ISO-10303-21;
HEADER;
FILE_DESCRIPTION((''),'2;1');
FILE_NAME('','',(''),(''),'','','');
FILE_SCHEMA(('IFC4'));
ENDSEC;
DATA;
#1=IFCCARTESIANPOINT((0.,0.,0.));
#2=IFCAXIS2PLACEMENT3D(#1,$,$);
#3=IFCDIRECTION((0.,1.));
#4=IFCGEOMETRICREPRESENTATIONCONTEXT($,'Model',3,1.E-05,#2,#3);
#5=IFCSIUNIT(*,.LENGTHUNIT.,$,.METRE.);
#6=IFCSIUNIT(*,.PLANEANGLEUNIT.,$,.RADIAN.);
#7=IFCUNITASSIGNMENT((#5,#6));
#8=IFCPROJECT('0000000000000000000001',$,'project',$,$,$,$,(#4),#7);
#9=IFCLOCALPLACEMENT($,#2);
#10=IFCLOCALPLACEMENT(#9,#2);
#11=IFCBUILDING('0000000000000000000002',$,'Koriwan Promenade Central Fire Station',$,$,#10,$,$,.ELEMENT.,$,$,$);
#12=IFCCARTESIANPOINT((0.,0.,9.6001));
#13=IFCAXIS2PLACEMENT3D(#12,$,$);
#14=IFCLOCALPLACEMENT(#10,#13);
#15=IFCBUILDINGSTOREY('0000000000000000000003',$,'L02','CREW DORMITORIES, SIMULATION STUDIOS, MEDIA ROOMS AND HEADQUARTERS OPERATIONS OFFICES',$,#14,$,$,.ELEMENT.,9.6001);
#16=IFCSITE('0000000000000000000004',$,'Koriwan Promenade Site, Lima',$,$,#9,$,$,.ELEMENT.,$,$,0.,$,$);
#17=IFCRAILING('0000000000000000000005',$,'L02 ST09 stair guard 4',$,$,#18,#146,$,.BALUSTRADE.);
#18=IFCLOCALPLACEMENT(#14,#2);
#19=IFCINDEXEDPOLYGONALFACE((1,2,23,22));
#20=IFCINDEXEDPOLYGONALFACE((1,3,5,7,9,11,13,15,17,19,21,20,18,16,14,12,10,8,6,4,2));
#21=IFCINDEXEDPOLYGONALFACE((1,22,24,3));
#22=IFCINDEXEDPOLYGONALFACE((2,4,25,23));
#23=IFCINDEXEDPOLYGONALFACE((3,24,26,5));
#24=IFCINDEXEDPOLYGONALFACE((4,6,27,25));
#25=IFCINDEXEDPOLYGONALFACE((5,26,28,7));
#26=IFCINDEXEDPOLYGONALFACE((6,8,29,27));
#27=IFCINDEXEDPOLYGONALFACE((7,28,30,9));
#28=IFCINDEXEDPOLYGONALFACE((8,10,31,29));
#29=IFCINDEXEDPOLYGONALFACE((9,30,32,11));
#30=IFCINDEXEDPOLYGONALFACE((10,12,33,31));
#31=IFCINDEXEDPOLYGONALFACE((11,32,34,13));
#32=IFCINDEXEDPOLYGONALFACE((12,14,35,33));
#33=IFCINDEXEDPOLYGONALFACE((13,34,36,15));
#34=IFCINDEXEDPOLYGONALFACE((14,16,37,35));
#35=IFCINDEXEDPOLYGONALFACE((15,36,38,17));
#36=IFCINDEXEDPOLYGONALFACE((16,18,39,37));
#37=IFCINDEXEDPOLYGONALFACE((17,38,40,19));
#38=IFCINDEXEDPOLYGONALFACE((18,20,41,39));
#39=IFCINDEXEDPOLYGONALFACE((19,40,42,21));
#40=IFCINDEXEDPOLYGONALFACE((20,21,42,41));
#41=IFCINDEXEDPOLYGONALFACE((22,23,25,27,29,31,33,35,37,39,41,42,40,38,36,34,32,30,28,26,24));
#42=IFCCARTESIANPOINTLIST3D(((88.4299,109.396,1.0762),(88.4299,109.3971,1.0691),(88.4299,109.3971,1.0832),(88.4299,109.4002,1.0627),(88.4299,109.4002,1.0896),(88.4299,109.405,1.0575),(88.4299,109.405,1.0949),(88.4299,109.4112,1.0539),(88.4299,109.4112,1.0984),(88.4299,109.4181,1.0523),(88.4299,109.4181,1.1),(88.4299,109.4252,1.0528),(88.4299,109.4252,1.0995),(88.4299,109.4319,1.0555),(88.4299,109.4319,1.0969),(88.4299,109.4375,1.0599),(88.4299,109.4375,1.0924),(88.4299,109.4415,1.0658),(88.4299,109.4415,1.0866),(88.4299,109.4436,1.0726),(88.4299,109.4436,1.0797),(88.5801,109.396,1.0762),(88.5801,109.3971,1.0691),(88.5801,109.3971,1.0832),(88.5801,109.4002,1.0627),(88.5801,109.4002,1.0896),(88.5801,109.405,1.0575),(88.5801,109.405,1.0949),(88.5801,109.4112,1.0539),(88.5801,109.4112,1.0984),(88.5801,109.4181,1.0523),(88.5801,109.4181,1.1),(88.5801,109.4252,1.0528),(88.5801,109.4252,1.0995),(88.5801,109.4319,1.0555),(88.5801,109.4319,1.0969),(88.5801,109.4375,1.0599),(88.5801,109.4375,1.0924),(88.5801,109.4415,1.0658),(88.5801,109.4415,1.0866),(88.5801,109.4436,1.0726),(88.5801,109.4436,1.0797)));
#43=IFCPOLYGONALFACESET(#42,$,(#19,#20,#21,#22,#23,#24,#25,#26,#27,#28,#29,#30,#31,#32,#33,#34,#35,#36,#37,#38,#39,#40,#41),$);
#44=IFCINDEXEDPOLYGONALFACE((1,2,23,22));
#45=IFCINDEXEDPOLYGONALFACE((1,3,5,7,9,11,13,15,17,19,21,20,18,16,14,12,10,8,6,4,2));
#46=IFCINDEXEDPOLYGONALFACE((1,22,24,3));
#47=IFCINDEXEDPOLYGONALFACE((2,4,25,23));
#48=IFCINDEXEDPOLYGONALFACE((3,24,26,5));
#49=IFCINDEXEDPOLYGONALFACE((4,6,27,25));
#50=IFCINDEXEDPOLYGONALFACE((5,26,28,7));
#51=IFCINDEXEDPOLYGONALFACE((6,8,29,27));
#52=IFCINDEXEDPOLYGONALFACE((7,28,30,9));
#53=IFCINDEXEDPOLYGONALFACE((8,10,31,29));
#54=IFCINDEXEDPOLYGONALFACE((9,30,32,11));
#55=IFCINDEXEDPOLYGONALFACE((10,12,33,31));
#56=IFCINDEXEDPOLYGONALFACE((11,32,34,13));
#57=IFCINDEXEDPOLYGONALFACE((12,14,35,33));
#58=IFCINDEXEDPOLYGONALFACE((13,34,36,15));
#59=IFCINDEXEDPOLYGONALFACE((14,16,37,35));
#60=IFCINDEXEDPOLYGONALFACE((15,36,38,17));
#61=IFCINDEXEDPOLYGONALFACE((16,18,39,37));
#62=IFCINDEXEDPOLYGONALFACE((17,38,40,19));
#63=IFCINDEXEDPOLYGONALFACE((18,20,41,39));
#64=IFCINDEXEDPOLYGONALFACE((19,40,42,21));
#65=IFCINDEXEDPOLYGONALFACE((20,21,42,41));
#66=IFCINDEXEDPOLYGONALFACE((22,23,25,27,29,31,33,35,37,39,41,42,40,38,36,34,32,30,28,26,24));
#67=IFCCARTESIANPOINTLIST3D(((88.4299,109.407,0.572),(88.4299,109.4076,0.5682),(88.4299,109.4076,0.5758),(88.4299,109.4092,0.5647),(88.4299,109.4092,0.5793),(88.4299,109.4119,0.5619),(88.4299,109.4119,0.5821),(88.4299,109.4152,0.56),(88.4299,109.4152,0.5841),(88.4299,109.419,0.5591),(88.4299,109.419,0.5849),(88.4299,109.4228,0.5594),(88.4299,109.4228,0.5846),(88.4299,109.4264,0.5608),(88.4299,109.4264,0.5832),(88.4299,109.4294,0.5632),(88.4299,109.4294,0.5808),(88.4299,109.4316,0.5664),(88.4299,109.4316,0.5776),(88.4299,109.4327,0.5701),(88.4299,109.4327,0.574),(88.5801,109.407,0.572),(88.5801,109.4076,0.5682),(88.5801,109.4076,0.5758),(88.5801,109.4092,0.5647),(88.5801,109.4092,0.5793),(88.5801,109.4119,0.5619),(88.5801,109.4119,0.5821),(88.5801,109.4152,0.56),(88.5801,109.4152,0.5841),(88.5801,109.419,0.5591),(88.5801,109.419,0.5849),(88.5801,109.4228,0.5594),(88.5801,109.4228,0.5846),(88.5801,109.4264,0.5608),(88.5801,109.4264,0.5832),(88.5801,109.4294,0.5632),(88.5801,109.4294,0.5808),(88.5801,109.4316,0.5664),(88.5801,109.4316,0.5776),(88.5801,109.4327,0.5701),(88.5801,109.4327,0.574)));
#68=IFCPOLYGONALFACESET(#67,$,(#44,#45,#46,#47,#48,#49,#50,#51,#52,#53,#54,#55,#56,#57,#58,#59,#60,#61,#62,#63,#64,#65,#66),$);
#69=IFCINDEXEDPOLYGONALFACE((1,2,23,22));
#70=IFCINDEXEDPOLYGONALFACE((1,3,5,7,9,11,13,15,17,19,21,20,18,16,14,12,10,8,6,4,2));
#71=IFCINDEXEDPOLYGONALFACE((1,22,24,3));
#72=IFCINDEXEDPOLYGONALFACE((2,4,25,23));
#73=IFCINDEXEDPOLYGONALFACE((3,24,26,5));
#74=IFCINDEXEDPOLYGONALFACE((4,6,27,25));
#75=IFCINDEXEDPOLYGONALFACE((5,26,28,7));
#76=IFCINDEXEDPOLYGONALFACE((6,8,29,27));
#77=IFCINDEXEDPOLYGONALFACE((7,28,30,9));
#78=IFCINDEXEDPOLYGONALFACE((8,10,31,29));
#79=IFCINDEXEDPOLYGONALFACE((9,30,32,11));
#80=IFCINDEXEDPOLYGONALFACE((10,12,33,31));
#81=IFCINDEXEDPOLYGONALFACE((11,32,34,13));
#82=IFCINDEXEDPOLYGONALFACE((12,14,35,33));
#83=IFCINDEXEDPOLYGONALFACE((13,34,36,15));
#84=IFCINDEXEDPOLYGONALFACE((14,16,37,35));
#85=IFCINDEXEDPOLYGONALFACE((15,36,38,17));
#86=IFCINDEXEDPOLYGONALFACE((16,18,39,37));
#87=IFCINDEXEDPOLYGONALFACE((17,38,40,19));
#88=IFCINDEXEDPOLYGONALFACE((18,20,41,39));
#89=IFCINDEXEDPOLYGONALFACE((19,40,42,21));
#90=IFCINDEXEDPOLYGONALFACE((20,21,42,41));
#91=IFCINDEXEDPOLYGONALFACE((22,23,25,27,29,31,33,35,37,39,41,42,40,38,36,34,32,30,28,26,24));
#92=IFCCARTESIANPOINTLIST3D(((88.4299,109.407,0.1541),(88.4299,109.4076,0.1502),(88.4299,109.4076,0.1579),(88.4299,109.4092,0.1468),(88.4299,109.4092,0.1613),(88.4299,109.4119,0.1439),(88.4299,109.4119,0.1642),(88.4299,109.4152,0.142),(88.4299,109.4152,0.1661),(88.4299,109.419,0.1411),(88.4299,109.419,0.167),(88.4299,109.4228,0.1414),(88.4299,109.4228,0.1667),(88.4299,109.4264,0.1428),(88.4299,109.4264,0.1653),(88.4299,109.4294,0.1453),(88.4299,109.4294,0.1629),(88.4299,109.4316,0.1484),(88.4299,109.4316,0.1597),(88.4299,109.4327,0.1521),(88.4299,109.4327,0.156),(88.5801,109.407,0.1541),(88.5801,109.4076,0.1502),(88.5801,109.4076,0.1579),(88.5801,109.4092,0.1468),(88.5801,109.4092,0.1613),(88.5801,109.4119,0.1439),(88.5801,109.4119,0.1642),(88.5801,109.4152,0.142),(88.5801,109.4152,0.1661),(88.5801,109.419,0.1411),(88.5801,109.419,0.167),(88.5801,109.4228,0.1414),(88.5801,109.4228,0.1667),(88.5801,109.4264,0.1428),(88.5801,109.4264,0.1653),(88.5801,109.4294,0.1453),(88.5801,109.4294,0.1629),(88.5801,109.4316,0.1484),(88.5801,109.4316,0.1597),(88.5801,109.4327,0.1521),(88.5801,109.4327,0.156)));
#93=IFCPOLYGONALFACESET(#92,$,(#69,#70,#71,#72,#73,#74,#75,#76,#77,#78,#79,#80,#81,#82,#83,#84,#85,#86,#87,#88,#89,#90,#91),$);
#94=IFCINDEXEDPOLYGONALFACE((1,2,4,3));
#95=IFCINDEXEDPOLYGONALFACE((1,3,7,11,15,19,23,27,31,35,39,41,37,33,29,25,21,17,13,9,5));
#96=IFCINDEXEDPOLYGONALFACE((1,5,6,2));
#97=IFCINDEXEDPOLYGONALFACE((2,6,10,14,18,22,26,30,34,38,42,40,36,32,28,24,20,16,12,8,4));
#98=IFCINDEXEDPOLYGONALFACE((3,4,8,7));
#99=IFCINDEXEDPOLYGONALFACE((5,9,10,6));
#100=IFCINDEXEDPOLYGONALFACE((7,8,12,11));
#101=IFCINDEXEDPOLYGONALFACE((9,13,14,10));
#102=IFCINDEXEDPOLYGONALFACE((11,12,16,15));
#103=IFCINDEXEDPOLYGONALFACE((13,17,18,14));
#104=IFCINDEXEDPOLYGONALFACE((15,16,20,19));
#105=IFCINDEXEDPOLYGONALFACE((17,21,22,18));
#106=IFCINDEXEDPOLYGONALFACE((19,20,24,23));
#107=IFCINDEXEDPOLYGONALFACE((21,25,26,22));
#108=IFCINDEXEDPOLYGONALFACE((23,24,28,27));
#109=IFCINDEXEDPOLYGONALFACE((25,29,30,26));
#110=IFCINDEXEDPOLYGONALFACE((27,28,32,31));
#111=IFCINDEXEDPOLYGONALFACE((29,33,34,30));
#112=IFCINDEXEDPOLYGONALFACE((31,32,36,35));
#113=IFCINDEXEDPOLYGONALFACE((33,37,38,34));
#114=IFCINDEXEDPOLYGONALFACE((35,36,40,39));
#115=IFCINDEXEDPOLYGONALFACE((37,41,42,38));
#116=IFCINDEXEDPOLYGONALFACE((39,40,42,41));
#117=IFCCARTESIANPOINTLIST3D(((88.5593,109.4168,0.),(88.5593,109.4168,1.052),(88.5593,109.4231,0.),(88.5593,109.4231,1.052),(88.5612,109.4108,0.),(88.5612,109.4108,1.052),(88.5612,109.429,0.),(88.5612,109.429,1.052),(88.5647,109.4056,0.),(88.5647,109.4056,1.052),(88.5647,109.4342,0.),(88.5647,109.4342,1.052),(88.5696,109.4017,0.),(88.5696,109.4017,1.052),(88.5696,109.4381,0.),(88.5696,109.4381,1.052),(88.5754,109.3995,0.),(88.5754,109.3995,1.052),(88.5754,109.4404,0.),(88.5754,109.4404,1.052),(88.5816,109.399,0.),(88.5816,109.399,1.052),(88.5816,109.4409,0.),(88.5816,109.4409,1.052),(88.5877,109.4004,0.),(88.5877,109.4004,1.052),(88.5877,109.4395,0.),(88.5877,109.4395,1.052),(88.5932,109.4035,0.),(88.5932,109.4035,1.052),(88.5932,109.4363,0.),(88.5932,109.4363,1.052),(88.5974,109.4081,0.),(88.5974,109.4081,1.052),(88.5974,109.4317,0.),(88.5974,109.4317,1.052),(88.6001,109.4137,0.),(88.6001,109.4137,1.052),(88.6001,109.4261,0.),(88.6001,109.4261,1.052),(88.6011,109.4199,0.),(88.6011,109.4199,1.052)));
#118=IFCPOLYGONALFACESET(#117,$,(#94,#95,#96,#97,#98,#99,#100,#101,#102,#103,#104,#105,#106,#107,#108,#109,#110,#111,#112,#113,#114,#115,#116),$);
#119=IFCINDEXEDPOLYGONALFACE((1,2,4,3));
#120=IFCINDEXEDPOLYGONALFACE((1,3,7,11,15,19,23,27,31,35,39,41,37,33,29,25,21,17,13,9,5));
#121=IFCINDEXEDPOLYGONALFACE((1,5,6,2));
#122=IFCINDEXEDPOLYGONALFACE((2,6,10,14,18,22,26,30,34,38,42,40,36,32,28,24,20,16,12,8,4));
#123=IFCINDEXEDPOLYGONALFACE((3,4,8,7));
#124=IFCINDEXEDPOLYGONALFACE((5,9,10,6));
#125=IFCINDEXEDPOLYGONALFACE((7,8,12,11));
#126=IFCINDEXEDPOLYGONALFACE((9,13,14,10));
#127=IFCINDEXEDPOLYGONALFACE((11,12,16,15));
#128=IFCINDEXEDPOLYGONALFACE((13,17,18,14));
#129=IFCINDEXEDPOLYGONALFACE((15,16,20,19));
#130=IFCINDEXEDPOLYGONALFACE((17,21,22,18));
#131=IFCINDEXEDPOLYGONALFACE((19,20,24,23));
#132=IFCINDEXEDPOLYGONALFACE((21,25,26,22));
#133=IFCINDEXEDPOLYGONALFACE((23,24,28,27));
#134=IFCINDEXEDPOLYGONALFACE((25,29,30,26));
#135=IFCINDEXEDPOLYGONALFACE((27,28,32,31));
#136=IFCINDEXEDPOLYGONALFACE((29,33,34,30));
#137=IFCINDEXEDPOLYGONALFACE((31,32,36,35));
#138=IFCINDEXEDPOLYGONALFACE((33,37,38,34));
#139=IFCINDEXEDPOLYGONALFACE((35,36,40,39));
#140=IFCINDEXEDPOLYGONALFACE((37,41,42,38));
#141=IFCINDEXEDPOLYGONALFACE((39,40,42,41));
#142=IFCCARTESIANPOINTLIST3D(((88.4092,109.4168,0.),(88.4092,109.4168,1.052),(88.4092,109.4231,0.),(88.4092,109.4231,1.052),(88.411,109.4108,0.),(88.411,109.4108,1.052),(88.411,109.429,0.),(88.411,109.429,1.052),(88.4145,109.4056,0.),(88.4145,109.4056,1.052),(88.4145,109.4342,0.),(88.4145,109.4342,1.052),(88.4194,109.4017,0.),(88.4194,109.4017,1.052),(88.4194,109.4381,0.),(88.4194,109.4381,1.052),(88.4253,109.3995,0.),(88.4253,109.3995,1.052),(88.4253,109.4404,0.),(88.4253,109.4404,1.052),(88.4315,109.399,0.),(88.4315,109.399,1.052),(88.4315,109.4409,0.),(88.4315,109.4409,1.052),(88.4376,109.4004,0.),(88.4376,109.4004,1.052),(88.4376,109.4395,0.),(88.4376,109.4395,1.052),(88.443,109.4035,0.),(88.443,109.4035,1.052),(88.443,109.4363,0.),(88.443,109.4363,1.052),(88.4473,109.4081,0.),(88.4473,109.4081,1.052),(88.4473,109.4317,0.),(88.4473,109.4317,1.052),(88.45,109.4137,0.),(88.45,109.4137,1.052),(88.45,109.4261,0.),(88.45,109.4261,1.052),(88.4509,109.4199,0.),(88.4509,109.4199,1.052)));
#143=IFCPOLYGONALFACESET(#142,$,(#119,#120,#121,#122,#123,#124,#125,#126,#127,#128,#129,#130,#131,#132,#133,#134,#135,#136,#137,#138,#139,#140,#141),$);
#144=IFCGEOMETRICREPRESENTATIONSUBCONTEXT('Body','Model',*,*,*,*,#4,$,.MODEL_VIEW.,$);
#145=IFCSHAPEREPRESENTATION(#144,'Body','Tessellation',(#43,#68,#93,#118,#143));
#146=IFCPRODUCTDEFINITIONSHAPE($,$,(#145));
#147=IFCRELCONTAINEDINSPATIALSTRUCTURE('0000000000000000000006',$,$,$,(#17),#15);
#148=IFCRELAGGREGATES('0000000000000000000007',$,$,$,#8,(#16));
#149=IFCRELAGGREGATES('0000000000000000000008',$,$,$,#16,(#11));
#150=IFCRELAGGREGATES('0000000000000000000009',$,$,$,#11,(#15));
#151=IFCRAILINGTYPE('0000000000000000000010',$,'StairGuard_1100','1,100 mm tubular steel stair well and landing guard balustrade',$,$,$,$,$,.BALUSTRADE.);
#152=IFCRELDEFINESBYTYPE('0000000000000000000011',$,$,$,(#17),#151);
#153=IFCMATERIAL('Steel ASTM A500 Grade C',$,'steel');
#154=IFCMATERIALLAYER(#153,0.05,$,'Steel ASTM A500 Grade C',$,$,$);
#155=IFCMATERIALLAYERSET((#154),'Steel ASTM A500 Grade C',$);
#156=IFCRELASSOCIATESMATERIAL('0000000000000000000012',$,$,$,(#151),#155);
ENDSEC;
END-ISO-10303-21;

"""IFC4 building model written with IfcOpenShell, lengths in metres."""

from ifc_helpers import new_model, si_unit, direction, frame, origin, origin_2d, place, context, subcontext, project, spatial, circle, extrude, material, layer, layer_set, type_object, element, save


model = new_model("IFC4")

# Units and contexts
model_context = context("Model", 3, precision=1e-05, world=origin(), true_north=direction((0.0, 1.0)))
body_context = subcontext(model_context, "Body", "Model", "MODEL_VIEW")
ifc_project = project(units=[si_unit("LENGTHUNIT", "METRE"), si_unit("PLANEANGLEUNIT", "RADIAN")], contexts=[model_context])

# Site, building, storey
site_placement = place(None, origin())
site = spatial("IfcSite", under=ifc_project, at=site_placement, Name="Koriwan Promenade Site, Lima", CompositionType="ELEMENT", RefElevation=0.0)
building_placement = place(site_placement, origin())
building = spatial("IfcBuilding", under=site, at=building_placement, Name="Koriwan Promenade Central Fire Station", CompositionType="ELEMENT")
storey_placement = place(building_placement, frame((0.0, 0.0, 9.6001)))
storey = spatial("IfcBuildingStorey", under=building, at=storey_placement, Name="L02", Description="CREW DORMITORIES, SIMULATION STUDIOS, MEDIA ROOMS AND HEADQUARTERS OPERATIONS OFFICES", CompositionType="ELEMENT", Elevation=9.6001)

# Railing
ifc_material_1 = material(Name="Steel ASTM A500 Grade C", Category="steel")
ifc_layer_1 = layer(ifc_material_1, 0.05, Name="Steel ASTM A500 Grade C")
ifc_layer_set_1 = layer_set([ifc_layer_1], Name="Steel ASTM A500 Grade C")
railing_type_1 = type_object("IfcRailingType", Name="StairGuard_1100", Description="1,100 mm tubular steel stair well and landing guard balustrade", PredefinedType="BALUSTRADE", material=ifc_layer_set_1)
railing_1_placement = place(storey_placement, frame((88.5801, 109.4199, 0.0)))
element("IfcRailing", 1, at=railing_1_placement, inside=storey, type_object=railing_type_1, Name="L02 ST09 stair guard 4", PredefinedType="BALUSTRADE", context=body_context, shape_type="SweptSolid", body=[
    extrude(circle(Radius=0.0239, at=origin_2d()), frame((0.0, 0.0, 1.0762), z_axis=(-1.0, 0.0, 0.0), x_axis=(0.0, -1.0, 0.0)), (0.0, 0.0, 1.0), 0.1501),
    extrude(circle(Radius=0.0129, at=origin_2d()), frame((0.0, 0.0, 0.572), z_axis=(-1.0, 0.0, 0.0), x_axis=(0.0, -1.0, 0.0)), (0.0, 0.0, 1.0), 0.1501),
    extrude(circle(Radius=0.0129, at=origin_2d()), frame((0.0, 0.0, 0.1541), z_axis=(-1.0, 0.0, 0.0), x_axis=(0.0, -1.0, 0.0)), (0.0, 0.0, 1.0), 0.1501),
    extrude(circle(Radius=0.021, at=origin_2d()), origin(), (0.0, 0.0, 1.0), 1.052),
    extrude(circle(Radius=0.021, at=origin_2d()), frame((-0.1501, 0.0, 0.0)), (0.0, 0.0, 1.0), 1.052),
])

save(model, "model.ifc")
